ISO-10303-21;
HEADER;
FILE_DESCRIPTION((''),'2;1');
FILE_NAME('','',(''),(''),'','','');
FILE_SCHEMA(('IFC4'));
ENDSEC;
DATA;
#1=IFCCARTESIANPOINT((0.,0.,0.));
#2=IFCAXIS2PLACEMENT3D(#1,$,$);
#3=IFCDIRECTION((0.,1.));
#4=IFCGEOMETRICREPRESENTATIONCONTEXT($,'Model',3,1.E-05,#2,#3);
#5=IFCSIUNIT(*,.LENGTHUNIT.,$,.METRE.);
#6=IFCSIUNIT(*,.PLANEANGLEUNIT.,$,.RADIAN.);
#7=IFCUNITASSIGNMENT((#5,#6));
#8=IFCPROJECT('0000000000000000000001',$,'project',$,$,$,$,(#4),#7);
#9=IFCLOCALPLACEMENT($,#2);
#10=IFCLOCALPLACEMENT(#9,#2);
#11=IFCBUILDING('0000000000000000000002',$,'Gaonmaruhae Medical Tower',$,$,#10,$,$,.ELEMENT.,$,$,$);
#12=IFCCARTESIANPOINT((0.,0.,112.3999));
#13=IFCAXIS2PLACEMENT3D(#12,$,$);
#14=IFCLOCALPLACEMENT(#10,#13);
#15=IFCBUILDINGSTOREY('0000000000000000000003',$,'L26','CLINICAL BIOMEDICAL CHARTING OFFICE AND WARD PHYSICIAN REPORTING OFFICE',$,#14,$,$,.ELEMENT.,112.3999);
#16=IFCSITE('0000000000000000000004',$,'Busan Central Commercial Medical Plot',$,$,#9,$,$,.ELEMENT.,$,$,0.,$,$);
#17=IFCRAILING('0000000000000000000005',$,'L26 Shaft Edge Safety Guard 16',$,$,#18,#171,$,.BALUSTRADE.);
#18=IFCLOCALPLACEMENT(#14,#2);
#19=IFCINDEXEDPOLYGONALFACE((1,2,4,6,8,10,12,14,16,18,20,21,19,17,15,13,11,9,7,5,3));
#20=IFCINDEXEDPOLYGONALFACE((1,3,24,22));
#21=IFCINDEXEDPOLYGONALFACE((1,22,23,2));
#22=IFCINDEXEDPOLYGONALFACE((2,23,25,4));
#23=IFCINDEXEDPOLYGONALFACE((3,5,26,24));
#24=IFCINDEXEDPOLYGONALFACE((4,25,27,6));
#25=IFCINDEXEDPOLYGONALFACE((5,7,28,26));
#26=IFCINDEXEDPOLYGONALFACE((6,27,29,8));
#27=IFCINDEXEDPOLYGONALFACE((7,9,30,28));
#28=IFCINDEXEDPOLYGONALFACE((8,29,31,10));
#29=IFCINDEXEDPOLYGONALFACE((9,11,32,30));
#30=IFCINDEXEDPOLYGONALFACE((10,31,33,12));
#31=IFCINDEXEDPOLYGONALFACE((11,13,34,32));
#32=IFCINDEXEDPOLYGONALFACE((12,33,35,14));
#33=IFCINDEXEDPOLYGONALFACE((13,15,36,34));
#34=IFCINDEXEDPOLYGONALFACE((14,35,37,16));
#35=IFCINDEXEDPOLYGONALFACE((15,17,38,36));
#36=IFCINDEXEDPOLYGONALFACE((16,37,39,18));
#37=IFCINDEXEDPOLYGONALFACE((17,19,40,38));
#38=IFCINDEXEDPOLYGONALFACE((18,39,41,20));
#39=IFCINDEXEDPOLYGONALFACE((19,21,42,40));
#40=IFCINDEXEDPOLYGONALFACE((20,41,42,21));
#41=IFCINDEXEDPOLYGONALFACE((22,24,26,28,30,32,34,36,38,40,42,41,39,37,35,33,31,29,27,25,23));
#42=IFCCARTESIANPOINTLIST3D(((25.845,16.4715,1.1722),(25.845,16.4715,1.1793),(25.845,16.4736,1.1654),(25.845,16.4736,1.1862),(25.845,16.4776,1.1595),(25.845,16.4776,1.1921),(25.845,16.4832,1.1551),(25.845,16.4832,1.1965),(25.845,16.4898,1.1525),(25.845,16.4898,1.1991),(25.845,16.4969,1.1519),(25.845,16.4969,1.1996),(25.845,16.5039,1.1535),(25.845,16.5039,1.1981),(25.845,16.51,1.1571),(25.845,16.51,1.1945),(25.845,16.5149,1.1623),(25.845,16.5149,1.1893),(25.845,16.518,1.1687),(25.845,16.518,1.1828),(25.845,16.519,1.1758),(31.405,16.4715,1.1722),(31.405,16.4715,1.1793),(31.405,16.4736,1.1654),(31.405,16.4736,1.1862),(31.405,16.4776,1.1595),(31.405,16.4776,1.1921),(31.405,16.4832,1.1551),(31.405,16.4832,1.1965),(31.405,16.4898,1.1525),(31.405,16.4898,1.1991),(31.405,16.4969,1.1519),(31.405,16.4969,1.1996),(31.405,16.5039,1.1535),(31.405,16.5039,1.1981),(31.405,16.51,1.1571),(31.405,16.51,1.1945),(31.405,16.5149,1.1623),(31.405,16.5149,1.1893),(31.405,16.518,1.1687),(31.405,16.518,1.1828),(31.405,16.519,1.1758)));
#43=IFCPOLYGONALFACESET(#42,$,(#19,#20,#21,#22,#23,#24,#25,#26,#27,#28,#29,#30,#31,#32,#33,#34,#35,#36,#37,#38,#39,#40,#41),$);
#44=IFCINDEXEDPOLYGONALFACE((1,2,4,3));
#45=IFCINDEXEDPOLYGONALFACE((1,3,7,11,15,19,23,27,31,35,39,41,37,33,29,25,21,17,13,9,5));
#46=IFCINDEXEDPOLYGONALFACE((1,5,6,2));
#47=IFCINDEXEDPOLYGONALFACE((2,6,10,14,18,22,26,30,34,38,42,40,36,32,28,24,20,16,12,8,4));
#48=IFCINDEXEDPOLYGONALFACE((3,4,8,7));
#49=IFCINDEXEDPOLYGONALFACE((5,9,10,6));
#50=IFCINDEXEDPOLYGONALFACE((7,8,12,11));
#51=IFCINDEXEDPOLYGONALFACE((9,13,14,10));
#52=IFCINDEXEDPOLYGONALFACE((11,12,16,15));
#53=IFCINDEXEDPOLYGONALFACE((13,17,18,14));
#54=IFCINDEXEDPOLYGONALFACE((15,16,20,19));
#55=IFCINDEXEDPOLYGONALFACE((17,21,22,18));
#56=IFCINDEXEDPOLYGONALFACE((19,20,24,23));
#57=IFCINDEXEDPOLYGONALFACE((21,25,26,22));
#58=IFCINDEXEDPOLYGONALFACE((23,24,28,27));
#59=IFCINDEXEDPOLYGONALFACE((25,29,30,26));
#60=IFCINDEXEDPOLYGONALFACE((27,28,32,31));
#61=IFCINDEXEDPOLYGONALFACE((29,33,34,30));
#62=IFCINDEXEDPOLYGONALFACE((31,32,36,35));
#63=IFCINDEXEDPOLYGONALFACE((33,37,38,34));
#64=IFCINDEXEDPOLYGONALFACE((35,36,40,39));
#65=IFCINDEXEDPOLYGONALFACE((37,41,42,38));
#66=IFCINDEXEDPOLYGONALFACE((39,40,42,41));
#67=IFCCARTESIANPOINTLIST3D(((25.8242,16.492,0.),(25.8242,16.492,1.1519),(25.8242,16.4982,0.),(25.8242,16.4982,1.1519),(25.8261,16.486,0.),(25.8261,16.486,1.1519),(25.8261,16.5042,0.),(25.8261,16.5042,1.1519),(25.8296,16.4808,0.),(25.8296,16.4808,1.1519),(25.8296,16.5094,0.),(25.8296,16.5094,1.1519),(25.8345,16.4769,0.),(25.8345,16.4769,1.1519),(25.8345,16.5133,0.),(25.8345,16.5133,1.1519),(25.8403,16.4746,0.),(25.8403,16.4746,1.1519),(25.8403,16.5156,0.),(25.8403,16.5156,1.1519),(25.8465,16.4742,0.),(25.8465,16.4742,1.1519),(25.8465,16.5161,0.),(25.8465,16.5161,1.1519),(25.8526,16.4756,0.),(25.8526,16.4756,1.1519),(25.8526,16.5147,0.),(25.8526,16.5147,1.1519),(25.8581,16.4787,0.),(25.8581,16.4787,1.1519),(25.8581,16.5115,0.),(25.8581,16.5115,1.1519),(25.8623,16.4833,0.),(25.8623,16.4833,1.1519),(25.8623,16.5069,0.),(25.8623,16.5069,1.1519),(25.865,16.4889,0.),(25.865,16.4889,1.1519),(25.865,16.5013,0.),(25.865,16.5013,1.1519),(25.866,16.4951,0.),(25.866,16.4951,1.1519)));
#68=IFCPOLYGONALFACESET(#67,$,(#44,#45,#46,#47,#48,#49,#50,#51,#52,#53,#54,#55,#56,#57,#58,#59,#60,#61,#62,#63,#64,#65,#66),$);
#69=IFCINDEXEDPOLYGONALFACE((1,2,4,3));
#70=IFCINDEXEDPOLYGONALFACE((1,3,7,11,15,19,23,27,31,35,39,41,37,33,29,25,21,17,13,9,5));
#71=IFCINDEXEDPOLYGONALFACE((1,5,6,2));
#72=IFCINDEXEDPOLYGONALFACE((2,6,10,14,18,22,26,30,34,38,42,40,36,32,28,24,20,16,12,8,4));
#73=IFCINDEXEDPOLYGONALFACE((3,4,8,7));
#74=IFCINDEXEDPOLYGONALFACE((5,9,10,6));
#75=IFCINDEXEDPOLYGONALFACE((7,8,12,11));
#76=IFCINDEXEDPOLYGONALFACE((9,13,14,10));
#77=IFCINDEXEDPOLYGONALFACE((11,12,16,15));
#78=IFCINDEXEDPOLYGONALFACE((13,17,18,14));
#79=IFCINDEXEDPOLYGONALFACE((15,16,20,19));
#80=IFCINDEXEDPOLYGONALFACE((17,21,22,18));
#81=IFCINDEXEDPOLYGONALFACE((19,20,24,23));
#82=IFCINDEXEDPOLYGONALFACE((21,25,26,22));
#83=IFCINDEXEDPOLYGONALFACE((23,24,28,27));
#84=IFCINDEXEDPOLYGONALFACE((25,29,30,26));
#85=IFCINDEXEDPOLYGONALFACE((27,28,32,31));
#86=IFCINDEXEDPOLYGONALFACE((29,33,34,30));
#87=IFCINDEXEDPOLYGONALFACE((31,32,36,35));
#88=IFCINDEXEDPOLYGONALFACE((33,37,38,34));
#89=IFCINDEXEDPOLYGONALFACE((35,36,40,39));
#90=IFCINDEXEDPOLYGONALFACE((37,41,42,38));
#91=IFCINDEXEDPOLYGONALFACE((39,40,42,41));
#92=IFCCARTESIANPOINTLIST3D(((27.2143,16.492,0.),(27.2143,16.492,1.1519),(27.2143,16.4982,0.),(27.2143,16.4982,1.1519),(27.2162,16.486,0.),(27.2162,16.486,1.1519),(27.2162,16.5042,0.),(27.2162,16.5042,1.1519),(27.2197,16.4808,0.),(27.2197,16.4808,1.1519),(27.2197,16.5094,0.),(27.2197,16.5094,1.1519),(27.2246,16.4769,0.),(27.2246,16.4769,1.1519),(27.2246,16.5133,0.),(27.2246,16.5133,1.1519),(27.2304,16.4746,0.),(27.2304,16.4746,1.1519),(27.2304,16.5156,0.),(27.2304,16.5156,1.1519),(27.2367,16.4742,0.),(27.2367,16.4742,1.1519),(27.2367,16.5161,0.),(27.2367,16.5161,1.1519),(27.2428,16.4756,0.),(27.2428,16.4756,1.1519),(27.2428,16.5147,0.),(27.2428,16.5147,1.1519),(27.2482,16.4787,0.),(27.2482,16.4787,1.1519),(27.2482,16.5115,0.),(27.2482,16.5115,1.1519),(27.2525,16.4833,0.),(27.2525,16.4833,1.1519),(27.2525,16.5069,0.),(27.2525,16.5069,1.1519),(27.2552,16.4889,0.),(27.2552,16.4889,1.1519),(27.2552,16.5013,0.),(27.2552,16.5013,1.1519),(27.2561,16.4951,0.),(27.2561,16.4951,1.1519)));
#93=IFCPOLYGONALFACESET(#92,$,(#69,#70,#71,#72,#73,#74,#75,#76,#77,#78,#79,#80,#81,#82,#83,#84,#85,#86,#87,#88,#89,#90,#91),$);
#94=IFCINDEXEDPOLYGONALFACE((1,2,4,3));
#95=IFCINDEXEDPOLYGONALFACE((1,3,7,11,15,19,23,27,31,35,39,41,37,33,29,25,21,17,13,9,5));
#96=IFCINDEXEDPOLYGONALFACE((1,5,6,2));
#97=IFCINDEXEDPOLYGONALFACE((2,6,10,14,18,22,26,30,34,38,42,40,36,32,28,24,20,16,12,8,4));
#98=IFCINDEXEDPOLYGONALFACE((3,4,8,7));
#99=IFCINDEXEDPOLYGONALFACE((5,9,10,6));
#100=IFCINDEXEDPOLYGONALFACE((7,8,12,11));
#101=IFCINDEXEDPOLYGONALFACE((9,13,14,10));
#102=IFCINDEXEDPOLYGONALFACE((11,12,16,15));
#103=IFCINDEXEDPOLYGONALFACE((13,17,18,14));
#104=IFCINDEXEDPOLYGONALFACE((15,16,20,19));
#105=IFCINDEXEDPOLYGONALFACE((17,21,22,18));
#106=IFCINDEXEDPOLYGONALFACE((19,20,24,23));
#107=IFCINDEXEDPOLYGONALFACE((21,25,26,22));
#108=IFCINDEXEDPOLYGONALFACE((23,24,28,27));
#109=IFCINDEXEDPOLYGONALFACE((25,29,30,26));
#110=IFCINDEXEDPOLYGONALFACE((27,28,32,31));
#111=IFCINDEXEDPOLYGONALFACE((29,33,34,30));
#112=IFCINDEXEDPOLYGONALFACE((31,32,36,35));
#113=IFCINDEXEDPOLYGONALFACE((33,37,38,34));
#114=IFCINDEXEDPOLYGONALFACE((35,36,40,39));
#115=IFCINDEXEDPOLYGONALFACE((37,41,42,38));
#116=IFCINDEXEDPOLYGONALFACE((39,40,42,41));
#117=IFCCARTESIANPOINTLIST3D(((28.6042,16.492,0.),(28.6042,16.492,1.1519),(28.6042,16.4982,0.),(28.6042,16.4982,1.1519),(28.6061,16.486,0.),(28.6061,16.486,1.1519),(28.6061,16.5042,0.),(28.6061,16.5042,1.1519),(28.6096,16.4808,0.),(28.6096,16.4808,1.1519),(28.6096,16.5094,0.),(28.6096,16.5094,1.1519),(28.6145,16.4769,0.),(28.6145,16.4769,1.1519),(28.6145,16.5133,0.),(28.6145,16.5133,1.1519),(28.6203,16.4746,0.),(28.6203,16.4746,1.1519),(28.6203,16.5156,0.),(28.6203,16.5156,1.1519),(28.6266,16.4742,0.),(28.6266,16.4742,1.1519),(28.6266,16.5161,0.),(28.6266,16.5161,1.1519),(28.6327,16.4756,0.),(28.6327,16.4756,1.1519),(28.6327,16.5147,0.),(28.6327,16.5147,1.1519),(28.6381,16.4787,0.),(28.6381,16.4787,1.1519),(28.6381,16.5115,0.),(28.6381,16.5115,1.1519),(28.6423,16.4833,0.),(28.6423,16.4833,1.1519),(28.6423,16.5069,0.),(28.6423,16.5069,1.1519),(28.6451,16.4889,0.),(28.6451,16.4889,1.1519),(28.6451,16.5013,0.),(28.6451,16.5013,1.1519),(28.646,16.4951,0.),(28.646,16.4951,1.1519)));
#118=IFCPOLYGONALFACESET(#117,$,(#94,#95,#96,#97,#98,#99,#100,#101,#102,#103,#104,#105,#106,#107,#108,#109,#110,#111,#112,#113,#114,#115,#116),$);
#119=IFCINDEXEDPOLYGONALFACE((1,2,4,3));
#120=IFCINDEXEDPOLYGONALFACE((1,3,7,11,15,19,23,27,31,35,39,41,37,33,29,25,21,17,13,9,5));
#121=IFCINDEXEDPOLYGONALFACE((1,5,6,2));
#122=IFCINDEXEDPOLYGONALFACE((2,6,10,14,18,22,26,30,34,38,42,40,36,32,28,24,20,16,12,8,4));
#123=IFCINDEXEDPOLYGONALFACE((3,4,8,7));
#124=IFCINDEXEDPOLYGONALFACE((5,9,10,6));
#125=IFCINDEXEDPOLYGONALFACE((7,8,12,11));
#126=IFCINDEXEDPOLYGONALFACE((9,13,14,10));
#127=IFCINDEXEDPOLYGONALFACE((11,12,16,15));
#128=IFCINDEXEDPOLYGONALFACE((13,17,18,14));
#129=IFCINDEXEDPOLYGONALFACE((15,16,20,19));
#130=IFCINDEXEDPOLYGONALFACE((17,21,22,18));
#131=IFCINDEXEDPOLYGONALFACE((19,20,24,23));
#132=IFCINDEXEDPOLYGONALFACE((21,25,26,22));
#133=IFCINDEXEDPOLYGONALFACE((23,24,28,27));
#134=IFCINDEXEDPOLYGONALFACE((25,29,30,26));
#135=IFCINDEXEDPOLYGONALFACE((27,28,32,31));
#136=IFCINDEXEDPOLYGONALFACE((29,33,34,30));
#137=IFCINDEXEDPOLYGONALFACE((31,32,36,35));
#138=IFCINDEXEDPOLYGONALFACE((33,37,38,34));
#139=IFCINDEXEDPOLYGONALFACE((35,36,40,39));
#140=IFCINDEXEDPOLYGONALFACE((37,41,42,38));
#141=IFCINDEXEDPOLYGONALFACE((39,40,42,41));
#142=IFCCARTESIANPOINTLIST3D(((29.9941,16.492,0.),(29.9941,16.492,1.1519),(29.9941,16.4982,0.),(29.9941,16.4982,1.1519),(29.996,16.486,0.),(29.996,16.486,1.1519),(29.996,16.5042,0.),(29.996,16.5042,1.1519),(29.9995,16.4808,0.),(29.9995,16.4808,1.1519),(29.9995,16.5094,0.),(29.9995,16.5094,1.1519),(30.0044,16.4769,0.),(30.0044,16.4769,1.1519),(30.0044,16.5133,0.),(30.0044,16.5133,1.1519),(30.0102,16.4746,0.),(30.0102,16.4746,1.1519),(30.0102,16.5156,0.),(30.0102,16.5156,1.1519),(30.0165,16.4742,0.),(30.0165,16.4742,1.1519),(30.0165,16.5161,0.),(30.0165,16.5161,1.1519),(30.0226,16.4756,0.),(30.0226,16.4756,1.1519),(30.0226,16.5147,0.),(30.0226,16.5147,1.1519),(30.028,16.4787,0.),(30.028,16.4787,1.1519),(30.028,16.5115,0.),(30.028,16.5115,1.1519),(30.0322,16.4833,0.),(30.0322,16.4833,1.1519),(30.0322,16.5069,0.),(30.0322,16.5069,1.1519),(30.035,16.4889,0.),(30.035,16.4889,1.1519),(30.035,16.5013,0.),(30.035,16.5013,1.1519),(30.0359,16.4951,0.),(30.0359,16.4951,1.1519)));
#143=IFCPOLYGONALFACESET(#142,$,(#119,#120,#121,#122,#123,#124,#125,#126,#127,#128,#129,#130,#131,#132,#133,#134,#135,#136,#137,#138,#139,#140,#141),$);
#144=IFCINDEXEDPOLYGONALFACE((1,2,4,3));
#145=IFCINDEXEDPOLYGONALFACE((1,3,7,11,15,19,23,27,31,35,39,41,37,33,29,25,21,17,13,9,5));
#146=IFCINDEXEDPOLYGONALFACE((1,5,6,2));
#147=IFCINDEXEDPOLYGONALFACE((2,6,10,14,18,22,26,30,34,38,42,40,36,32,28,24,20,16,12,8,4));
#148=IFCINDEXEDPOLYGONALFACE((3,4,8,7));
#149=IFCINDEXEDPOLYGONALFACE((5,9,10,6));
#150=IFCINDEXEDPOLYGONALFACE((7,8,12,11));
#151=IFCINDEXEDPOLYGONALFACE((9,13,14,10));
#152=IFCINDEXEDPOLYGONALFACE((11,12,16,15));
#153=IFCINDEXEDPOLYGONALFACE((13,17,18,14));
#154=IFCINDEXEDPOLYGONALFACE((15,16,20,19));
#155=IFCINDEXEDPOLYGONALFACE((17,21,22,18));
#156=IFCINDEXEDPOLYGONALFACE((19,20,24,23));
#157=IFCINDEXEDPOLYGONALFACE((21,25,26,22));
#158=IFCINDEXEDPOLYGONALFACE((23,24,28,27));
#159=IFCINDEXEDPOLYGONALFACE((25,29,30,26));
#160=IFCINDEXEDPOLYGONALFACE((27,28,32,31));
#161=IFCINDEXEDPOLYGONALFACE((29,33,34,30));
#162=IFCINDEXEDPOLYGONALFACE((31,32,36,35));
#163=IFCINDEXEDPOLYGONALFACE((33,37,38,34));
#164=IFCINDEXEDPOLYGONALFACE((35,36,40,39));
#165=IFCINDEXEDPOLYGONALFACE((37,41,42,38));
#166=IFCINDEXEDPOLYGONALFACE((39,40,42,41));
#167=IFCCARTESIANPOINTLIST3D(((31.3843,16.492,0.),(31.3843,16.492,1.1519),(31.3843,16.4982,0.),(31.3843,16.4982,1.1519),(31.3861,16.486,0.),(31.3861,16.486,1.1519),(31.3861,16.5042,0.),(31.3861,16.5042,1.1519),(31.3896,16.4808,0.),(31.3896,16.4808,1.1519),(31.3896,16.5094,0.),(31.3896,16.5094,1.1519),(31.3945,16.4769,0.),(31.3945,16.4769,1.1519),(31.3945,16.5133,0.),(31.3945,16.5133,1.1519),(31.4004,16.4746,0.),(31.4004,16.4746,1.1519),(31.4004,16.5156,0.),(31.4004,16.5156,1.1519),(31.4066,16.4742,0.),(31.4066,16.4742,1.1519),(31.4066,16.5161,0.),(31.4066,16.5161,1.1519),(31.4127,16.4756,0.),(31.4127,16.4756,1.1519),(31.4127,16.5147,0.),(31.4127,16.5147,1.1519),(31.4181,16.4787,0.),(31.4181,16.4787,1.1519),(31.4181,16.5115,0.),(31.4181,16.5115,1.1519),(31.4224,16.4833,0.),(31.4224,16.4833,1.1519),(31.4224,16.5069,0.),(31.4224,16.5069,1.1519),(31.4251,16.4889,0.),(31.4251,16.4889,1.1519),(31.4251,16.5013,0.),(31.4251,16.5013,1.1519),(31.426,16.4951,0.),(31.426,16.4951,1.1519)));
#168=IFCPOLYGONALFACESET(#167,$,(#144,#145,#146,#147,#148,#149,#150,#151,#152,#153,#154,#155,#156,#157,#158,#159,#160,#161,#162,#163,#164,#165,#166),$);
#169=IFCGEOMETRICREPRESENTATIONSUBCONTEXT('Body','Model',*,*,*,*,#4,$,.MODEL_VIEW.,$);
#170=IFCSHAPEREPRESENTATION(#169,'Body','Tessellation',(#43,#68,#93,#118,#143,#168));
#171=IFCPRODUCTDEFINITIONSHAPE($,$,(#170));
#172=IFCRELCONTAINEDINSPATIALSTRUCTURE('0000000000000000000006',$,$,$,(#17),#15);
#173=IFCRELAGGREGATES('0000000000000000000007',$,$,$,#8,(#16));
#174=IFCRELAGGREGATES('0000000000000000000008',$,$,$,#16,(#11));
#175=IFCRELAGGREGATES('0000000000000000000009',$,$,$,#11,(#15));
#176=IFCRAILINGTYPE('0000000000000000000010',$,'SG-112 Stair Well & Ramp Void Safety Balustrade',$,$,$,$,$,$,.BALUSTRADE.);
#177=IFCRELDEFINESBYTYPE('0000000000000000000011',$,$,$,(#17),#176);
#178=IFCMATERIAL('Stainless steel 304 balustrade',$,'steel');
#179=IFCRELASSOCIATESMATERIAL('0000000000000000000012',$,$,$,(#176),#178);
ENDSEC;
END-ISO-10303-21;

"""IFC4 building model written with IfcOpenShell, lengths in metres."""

from ifc_helpers import new_model, si_unit, direction, frame, origin, origin_2d, place, context, subcontext, project, spatial, circle, extrude, material, type_object, element, save


model = new_model("IFC4")

# Units and contexts
model_context = context("Model", 3, precision=1e-05, world=origin(), true_north=direction((0.0, 1.0)))
body_context = subcontext(model_context, "Body", "Model", "MODEL_VIEW")
ifc_project = project(units=[si_unit("LENGTHUNIT", "METRE"), si_unit("PLANEANGLEUNIT", "RADIAN")], contexts=[model_context])

# Site, building, storey
site_placement = place(None, origin())
site = spatial("IfcSite", under=ifc_project, at=site_placement, Name="Busan Central Commercial Medical Plot", CompositionType="ELEMENT", RefElevation=0.0)
building_placement = place(site_placement, origin())
building = spatial("IfcBuilding", under=site, at=building_placement, Name="Gaonmaruhae Medical Tower", CompositionType="ELEMENT")
storey_placement = place(building_placement, frame((0.0, 0.0, 112.3999)))
storey = spatial("IfcBuildingStorey", under=building, at=storey_placement, Name="L26", Description="CLINICAL BIOMEDICAL CHARTING OFFICE AND WARD PHYSICIAN REPORTING OFFICE", CompositionType="ELEMENT", Elevation=112.3999)

# Railing
ifc_material_1 = material(Name="Stainless steel 304 balustrade", Category="steel")
railing_type = type_object("IfcRailingType", Name="SG-112 Stair Well & Ramp Void Safety Balustrade", PredefinedType="BALUSTRADE", material=ifc_material_1)
railing_1_placement = place(storey_placement, frame((25.845, 16.4951, 0.0)))
element("IfcRailing", 1, at=railing_1_placement, inside=storey, type_object=railing_type, Name="L26 Shaft Edge Safety Guard 16", PredefinedType="BALUSTRADE", context=body_context, shape_type="SweptSolid", body=[
    extrude(circle(Radius=0.0239, at=origin_2d()), frame((0.0, 0.0, 1.1758), z_axis=(1.0, 0.0, 0.0), x_axis=(0.0, 1.0, 0.0)), (0.0, 0.0, 1.0), 5.5601),
    extrude(circle(Radius=0.021, at=origin_2d()), origin(), (0.0, 0.0, 1.0), 1.1519),
    extrude(circle(Radius=0.021, at=origin_2d()), frame((1.3901, 0.0, 0.0)), (0.0, 0.0, 1.0), 1.1519),
    extrude(circle(Radius=0.021, at=origin_2d()), frame((2.78, 0.0, 0.0)), (0.0, 0.0, 1.0), 1.1519),
    extrude(circle(Radius=0.021, at=origin_2d()), frame((4.1699, 0.0, 0.0)), (0.0, 0.0, 1.0), 1.1519),
    extrude(circle(Radius=0.021, at=origin_2d()), frame((5.5601, 0.0, 0.0)), (0.0, 0.0, 1.0), 1.1519),
])

save(model, "model.ifc")
